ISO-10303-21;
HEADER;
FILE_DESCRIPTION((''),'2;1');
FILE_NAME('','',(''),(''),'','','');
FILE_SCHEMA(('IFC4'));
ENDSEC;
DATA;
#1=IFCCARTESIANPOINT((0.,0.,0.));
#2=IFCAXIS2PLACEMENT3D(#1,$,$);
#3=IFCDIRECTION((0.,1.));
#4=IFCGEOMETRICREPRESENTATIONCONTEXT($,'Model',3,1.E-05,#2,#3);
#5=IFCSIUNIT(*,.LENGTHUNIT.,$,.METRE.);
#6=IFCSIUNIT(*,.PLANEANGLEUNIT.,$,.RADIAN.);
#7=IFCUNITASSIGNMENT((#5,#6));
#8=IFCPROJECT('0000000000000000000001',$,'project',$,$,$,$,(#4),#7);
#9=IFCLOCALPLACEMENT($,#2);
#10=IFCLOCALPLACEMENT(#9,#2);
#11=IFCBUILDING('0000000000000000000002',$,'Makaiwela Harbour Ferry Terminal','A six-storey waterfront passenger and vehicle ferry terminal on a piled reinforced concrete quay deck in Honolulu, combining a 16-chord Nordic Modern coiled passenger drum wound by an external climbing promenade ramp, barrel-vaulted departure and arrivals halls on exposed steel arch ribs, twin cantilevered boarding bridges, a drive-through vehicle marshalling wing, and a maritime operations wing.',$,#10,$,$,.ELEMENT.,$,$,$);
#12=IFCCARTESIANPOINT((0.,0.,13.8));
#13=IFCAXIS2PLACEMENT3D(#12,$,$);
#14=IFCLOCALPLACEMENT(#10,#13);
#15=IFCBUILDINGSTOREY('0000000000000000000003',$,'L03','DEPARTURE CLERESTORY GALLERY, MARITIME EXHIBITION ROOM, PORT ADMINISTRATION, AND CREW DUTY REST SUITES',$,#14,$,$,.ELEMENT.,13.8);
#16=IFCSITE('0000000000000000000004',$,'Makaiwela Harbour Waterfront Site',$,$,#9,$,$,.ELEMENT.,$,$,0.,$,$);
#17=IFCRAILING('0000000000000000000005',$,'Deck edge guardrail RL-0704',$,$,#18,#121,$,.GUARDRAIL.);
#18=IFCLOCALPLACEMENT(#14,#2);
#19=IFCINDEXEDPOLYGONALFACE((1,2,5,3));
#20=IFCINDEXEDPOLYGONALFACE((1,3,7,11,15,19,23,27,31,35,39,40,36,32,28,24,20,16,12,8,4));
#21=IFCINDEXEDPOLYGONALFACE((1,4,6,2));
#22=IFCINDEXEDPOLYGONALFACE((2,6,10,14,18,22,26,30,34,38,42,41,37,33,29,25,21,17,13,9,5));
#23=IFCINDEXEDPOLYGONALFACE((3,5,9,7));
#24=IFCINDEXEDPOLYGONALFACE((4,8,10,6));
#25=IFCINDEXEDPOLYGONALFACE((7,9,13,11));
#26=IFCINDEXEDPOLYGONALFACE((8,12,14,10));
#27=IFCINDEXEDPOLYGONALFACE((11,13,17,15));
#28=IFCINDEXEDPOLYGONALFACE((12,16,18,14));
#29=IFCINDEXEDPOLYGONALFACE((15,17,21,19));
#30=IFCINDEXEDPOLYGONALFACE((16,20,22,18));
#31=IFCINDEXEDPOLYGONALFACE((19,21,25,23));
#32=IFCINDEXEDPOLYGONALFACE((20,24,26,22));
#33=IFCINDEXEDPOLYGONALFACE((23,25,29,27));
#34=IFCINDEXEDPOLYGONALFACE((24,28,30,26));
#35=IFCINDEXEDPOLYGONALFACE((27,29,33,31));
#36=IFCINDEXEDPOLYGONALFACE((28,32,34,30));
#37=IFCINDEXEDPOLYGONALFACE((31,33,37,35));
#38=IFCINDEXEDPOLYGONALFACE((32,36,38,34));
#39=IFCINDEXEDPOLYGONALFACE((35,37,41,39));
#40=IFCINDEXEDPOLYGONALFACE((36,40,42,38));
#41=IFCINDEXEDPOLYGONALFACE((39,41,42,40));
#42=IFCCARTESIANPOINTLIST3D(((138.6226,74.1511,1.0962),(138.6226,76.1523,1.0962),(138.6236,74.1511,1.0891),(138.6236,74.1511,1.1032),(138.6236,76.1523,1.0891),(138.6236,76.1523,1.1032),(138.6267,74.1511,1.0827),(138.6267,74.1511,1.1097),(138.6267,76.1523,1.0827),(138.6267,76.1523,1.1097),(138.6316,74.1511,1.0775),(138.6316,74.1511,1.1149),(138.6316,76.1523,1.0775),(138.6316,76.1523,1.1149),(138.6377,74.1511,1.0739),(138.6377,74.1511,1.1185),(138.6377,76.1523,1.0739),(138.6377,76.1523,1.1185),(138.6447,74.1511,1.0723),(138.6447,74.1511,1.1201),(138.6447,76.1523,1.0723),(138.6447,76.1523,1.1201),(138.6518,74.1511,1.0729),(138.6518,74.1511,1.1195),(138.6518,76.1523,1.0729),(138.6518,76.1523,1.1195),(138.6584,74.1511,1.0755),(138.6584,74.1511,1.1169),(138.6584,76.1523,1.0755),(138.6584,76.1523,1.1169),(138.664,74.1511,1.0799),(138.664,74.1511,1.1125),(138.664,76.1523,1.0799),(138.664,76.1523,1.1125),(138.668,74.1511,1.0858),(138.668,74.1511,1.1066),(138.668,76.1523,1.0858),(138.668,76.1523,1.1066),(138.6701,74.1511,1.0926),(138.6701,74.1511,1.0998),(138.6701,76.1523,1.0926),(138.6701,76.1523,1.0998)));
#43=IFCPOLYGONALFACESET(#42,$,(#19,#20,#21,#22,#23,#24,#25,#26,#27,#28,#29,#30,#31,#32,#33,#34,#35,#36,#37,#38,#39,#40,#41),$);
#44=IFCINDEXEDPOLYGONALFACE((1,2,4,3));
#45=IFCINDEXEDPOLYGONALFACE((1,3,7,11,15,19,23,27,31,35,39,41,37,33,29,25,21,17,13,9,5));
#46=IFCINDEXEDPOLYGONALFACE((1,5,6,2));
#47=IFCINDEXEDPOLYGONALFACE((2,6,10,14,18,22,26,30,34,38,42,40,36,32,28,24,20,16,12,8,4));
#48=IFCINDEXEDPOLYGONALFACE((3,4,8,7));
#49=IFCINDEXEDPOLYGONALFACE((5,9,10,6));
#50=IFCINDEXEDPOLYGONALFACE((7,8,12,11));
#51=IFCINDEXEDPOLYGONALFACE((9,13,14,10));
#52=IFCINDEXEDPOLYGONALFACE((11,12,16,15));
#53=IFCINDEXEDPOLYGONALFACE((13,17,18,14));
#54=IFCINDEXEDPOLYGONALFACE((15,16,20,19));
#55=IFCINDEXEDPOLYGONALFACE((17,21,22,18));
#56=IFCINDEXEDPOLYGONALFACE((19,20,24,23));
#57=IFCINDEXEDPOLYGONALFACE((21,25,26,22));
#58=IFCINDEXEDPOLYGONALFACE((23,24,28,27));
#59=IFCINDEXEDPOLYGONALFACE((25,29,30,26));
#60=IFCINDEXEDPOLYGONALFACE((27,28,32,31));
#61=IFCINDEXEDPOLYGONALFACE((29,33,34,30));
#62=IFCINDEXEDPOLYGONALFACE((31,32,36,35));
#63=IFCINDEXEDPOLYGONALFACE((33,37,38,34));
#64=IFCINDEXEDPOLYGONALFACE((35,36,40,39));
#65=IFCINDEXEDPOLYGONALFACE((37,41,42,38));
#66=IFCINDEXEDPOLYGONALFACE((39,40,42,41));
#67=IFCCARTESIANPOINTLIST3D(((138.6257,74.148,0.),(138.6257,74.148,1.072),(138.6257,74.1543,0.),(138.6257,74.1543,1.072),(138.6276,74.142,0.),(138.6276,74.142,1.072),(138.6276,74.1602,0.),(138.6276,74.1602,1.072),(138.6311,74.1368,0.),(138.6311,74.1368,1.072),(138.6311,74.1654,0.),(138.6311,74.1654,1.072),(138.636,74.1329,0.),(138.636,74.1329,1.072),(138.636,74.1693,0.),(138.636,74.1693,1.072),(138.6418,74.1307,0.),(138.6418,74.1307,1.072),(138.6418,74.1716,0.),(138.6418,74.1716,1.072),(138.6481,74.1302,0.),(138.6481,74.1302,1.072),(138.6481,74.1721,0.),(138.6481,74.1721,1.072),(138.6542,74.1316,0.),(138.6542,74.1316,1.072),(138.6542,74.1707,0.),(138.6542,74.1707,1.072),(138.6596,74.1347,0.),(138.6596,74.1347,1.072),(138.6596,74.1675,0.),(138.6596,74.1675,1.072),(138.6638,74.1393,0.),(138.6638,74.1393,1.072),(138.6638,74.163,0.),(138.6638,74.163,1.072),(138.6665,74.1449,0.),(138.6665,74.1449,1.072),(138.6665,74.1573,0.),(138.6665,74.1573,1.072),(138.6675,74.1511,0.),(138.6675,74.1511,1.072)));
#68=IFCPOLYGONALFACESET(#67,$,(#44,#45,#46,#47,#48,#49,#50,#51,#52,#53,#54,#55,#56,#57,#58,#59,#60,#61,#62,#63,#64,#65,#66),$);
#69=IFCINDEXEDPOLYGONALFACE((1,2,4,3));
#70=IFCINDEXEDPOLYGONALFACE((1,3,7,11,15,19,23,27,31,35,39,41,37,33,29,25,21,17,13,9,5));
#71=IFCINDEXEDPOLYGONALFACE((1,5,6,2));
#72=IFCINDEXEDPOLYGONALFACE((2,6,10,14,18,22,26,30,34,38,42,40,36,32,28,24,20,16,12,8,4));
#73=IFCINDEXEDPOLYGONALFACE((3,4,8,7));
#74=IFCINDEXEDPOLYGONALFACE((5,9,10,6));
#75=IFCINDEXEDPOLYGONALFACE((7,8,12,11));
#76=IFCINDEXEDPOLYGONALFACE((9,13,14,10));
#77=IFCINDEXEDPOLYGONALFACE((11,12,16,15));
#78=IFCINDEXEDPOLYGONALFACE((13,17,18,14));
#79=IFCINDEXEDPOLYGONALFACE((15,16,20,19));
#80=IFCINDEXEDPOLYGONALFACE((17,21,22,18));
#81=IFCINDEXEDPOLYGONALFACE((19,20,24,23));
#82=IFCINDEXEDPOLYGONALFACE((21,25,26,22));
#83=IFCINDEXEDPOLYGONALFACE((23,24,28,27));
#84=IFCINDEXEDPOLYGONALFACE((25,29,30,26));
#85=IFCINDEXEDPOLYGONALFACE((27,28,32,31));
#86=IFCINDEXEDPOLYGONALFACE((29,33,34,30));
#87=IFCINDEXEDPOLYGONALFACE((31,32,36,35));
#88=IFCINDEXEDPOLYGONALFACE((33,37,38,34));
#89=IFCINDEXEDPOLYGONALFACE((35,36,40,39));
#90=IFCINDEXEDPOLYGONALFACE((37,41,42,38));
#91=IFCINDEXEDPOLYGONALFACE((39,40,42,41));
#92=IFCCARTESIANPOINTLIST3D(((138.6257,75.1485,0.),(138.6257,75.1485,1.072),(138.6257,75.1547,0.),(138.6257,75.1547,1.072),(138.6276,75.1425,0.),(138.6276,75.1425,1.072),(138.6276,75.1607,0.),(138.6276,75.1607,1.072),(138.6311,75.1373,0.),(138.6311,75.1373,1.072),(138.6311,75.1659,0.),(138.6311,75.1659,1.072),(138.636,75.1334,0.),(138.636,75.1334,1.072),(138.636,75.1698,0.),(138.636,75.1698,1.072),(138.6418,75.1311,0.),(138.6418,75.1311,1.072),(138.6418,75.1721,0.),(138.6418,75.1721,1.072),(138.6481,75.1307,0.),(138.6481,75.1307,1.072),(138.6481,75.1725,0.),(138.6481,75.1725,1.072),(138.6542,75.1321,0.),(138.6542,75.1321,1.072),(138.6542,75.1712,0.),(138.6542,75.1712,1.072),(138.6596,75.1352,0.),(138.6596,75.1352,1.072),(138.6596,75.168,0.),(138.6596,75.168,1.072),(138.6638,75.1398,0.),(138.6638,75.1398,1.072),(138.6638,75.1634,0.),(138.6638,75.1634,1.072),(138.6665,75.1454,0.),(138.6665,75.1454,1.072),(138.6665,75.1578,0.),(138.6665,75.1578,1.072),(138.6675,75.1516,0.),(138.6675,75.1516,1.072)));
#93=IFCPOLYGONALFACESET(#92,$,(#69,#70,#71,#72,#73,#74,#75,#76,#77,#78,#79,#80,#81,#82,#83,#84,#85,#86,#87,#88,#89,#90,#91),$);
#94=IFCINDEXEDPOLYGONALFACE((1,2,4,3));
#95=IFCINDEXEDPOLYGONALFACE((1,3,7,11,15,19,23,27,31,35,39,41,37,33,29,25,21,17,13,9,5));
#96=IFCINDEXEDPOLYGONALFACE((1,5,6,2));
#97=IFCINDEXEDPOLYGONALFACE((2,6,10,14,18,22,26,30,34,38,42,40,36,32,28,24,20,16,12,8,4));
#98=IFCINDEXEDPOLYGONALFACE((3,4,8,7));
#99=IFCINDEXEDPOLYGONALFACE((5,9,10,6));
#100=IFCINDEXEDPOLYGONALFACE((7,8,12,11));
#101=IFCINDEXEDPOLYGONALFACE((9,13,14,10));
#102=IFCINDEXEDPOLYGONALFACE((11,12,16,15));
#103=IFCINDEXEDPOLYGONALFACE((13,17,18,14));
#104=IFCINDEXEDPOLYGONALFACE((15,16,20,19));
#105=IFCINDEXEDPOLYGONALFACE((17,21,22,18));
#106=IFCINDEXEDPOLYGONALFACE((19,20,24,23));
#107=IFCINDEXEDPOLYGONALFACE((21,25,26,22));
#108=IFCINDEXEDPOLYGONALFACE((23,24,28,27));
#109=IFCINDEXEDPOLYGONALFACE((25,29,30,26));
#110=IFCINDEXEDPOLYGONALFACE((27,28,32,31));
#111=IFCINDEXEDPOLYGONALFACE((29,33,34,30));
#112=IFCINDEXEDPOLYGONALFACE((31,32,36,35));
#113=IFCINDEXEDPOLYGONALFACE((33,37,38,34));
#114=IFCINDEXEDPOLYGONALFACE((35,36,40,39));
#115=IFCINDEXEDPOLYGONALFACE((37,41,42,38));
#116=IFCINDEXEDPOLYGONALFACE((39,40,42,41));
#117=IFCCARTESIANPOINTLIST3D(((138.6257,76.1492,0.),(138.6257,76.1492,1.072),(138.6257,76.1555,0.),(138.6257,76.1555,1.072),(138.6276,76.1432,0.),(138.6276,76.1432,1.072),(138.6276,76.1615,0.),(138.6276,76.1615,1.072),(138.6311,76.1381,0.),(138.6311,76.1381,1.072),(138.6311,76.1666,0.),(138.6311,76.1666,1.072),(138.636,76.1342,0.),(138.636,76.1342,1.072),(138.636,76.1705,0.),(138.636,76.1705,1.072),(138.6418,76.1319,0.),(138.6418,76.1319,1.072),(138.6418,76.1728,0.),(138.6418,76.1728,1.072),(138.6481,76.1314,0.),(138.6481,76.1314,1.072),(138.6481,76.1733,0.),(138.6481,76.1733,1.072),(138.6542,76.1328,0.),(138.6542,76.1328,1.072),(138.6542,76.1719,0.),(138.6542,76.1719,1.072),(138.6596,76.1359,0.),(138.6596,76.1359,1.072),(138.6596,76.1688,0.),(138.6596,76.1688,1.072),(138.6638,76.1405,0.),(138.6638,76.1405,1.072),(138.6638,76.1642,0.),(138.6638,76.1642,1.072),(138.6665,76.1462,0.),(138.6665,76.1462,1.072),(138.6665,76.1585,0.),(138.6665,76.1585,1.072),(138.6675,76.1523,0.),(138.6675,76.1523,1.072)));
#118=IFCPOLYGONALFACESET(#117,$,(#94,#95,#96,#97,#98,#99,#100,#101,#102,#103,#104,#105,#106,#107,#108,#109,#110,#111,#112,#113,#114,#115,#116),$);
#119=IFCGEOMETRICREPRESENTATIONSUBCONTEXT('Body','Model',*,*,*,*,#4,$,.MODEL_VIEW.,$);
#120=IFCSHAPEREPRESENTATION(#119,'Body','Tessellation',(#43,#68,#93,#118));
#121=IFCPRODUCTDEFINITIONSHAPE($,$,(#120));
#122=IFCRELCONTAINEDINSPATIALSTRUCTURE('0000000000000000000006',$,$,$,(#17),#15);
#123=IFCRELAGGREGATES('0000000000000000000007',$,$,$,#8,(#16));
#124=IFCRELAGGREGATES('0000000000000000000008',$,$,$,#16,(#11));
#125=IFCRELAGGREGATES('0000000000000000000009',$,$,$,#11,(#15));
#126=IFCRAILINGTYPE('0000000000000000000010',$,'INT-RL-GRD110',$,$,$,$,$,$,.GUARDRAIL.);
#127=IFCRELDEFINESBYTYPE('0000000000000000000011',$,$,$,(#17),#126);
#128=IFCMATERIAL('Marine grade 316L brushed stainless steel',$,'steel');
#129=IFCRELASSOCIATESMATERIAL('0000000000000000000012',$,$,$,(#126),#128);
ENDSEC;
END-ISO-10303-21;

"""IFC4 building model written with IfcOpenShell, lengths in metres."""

from ifc_helpers import new_model, si_unit, direction, frame, origin, origin_2d, place, context, subcontext, project, spatial, circle, extrude, material, type_object, element, save


model = new_model("IFC4")

# Units and contexts
model_context = context("Model", 3, precision=1e-05, world=origin(), true_north=direction((0.0, 1.0)))
body_context = subcontext(model_context, "Body", "Model", "MODEL_VIEW")
ifc_project = project(units=[si_unit("LENGTHUNIT", "METRE"), si_unit("PLANEANGLEUNIT", "RADIAN")], contexts=[model_context])

# Site, building, storey
site_placement = place(None, origin())
site = spatial("IfcSite", under=ifc_project, at=site_placement, Name="Makaiwela Harbour Waterfront Site", CompositionType="ELEMENT", RefElevation=0.0)
building_placement = place(site_placement, origin())
building = spatial("IfcBuilding", under=site, at=building_placement, Name="Makaiwela Harbour Ferry Terminal", Description="A six-storey waterfront passenger and vehicle ferry terminal on a piled reinforced concrete quay deck in Honolulu, combining a 16-chord Nordic Modern coiled passenger drum wound by an external climbing promenade ramp, barrel-vaulted departure and arrivals halls on exposed steel arch ribs, twin cantilevered boarding bridges, a drive-through vehicle marshalling wing, and a maritime operations wing.", CompositionType="ELEMENT")
storey_placement = place(building_placement, frame((0.0, 0.0, 13.8)))
storey = spatial("IfcBuildingStorey", under=building, at=storey_placement, Name="L03", Description="DEPARTURE CLERESTORY GALLERY, MARITIME EXHIBITION ROOM, PORT ADMINISTRATION, AND CREW DUTY REST SUITES", CompositionType="ELEMENT", Elevation=13.8)

# Railing
ifc_material_1 = material(Name="Marine grade 316L brushed stainless steel", Category="steel")
railing_type = type_object("IfcRailingType", Name="INT-RL-GRD110", PredefinedType="GUARDRAIL", material=ifc_material_1)
railing_1_placement = place(storey_placement, frame((138.6465, 74.1511, 0.0)))
element("IfcRailing", 1, at=railing_1_placement, inside=storey, type_object=railing_type, Name="Deck edge guardrail RL-0704", PredefinedType="GUARDRAIL", context=body_context, shape_type="SweptSolid", body=[
    extrude(circle(Radius=0.0239, at=origin_2d()), frame((0.0, 0.0, 1.0962), z_axis=(0.0, 1.0, 0.0), x_axis=(-1.0, 0.0, 0.0)), (0.0, 0.0, 1.0), 2.0012),
    extrude(circle(Radius=0.021, at=origin_2d()), origin(), (0.0, 0.0, 1.0), 1.072),
    extrude(circle(Radius=0.021, at=origin_2d()), frame((0.0, 1.0005, 0.0)), (0.0, 0.0, 1.0), 1.072),
    extrude(circle(Radius=0.021, at=origin_2d()), frame((0.0, 2.0012, 0.0)), (0.0, 0.0, 1.0), 1.072),
])

save(model, "model.ifc")
